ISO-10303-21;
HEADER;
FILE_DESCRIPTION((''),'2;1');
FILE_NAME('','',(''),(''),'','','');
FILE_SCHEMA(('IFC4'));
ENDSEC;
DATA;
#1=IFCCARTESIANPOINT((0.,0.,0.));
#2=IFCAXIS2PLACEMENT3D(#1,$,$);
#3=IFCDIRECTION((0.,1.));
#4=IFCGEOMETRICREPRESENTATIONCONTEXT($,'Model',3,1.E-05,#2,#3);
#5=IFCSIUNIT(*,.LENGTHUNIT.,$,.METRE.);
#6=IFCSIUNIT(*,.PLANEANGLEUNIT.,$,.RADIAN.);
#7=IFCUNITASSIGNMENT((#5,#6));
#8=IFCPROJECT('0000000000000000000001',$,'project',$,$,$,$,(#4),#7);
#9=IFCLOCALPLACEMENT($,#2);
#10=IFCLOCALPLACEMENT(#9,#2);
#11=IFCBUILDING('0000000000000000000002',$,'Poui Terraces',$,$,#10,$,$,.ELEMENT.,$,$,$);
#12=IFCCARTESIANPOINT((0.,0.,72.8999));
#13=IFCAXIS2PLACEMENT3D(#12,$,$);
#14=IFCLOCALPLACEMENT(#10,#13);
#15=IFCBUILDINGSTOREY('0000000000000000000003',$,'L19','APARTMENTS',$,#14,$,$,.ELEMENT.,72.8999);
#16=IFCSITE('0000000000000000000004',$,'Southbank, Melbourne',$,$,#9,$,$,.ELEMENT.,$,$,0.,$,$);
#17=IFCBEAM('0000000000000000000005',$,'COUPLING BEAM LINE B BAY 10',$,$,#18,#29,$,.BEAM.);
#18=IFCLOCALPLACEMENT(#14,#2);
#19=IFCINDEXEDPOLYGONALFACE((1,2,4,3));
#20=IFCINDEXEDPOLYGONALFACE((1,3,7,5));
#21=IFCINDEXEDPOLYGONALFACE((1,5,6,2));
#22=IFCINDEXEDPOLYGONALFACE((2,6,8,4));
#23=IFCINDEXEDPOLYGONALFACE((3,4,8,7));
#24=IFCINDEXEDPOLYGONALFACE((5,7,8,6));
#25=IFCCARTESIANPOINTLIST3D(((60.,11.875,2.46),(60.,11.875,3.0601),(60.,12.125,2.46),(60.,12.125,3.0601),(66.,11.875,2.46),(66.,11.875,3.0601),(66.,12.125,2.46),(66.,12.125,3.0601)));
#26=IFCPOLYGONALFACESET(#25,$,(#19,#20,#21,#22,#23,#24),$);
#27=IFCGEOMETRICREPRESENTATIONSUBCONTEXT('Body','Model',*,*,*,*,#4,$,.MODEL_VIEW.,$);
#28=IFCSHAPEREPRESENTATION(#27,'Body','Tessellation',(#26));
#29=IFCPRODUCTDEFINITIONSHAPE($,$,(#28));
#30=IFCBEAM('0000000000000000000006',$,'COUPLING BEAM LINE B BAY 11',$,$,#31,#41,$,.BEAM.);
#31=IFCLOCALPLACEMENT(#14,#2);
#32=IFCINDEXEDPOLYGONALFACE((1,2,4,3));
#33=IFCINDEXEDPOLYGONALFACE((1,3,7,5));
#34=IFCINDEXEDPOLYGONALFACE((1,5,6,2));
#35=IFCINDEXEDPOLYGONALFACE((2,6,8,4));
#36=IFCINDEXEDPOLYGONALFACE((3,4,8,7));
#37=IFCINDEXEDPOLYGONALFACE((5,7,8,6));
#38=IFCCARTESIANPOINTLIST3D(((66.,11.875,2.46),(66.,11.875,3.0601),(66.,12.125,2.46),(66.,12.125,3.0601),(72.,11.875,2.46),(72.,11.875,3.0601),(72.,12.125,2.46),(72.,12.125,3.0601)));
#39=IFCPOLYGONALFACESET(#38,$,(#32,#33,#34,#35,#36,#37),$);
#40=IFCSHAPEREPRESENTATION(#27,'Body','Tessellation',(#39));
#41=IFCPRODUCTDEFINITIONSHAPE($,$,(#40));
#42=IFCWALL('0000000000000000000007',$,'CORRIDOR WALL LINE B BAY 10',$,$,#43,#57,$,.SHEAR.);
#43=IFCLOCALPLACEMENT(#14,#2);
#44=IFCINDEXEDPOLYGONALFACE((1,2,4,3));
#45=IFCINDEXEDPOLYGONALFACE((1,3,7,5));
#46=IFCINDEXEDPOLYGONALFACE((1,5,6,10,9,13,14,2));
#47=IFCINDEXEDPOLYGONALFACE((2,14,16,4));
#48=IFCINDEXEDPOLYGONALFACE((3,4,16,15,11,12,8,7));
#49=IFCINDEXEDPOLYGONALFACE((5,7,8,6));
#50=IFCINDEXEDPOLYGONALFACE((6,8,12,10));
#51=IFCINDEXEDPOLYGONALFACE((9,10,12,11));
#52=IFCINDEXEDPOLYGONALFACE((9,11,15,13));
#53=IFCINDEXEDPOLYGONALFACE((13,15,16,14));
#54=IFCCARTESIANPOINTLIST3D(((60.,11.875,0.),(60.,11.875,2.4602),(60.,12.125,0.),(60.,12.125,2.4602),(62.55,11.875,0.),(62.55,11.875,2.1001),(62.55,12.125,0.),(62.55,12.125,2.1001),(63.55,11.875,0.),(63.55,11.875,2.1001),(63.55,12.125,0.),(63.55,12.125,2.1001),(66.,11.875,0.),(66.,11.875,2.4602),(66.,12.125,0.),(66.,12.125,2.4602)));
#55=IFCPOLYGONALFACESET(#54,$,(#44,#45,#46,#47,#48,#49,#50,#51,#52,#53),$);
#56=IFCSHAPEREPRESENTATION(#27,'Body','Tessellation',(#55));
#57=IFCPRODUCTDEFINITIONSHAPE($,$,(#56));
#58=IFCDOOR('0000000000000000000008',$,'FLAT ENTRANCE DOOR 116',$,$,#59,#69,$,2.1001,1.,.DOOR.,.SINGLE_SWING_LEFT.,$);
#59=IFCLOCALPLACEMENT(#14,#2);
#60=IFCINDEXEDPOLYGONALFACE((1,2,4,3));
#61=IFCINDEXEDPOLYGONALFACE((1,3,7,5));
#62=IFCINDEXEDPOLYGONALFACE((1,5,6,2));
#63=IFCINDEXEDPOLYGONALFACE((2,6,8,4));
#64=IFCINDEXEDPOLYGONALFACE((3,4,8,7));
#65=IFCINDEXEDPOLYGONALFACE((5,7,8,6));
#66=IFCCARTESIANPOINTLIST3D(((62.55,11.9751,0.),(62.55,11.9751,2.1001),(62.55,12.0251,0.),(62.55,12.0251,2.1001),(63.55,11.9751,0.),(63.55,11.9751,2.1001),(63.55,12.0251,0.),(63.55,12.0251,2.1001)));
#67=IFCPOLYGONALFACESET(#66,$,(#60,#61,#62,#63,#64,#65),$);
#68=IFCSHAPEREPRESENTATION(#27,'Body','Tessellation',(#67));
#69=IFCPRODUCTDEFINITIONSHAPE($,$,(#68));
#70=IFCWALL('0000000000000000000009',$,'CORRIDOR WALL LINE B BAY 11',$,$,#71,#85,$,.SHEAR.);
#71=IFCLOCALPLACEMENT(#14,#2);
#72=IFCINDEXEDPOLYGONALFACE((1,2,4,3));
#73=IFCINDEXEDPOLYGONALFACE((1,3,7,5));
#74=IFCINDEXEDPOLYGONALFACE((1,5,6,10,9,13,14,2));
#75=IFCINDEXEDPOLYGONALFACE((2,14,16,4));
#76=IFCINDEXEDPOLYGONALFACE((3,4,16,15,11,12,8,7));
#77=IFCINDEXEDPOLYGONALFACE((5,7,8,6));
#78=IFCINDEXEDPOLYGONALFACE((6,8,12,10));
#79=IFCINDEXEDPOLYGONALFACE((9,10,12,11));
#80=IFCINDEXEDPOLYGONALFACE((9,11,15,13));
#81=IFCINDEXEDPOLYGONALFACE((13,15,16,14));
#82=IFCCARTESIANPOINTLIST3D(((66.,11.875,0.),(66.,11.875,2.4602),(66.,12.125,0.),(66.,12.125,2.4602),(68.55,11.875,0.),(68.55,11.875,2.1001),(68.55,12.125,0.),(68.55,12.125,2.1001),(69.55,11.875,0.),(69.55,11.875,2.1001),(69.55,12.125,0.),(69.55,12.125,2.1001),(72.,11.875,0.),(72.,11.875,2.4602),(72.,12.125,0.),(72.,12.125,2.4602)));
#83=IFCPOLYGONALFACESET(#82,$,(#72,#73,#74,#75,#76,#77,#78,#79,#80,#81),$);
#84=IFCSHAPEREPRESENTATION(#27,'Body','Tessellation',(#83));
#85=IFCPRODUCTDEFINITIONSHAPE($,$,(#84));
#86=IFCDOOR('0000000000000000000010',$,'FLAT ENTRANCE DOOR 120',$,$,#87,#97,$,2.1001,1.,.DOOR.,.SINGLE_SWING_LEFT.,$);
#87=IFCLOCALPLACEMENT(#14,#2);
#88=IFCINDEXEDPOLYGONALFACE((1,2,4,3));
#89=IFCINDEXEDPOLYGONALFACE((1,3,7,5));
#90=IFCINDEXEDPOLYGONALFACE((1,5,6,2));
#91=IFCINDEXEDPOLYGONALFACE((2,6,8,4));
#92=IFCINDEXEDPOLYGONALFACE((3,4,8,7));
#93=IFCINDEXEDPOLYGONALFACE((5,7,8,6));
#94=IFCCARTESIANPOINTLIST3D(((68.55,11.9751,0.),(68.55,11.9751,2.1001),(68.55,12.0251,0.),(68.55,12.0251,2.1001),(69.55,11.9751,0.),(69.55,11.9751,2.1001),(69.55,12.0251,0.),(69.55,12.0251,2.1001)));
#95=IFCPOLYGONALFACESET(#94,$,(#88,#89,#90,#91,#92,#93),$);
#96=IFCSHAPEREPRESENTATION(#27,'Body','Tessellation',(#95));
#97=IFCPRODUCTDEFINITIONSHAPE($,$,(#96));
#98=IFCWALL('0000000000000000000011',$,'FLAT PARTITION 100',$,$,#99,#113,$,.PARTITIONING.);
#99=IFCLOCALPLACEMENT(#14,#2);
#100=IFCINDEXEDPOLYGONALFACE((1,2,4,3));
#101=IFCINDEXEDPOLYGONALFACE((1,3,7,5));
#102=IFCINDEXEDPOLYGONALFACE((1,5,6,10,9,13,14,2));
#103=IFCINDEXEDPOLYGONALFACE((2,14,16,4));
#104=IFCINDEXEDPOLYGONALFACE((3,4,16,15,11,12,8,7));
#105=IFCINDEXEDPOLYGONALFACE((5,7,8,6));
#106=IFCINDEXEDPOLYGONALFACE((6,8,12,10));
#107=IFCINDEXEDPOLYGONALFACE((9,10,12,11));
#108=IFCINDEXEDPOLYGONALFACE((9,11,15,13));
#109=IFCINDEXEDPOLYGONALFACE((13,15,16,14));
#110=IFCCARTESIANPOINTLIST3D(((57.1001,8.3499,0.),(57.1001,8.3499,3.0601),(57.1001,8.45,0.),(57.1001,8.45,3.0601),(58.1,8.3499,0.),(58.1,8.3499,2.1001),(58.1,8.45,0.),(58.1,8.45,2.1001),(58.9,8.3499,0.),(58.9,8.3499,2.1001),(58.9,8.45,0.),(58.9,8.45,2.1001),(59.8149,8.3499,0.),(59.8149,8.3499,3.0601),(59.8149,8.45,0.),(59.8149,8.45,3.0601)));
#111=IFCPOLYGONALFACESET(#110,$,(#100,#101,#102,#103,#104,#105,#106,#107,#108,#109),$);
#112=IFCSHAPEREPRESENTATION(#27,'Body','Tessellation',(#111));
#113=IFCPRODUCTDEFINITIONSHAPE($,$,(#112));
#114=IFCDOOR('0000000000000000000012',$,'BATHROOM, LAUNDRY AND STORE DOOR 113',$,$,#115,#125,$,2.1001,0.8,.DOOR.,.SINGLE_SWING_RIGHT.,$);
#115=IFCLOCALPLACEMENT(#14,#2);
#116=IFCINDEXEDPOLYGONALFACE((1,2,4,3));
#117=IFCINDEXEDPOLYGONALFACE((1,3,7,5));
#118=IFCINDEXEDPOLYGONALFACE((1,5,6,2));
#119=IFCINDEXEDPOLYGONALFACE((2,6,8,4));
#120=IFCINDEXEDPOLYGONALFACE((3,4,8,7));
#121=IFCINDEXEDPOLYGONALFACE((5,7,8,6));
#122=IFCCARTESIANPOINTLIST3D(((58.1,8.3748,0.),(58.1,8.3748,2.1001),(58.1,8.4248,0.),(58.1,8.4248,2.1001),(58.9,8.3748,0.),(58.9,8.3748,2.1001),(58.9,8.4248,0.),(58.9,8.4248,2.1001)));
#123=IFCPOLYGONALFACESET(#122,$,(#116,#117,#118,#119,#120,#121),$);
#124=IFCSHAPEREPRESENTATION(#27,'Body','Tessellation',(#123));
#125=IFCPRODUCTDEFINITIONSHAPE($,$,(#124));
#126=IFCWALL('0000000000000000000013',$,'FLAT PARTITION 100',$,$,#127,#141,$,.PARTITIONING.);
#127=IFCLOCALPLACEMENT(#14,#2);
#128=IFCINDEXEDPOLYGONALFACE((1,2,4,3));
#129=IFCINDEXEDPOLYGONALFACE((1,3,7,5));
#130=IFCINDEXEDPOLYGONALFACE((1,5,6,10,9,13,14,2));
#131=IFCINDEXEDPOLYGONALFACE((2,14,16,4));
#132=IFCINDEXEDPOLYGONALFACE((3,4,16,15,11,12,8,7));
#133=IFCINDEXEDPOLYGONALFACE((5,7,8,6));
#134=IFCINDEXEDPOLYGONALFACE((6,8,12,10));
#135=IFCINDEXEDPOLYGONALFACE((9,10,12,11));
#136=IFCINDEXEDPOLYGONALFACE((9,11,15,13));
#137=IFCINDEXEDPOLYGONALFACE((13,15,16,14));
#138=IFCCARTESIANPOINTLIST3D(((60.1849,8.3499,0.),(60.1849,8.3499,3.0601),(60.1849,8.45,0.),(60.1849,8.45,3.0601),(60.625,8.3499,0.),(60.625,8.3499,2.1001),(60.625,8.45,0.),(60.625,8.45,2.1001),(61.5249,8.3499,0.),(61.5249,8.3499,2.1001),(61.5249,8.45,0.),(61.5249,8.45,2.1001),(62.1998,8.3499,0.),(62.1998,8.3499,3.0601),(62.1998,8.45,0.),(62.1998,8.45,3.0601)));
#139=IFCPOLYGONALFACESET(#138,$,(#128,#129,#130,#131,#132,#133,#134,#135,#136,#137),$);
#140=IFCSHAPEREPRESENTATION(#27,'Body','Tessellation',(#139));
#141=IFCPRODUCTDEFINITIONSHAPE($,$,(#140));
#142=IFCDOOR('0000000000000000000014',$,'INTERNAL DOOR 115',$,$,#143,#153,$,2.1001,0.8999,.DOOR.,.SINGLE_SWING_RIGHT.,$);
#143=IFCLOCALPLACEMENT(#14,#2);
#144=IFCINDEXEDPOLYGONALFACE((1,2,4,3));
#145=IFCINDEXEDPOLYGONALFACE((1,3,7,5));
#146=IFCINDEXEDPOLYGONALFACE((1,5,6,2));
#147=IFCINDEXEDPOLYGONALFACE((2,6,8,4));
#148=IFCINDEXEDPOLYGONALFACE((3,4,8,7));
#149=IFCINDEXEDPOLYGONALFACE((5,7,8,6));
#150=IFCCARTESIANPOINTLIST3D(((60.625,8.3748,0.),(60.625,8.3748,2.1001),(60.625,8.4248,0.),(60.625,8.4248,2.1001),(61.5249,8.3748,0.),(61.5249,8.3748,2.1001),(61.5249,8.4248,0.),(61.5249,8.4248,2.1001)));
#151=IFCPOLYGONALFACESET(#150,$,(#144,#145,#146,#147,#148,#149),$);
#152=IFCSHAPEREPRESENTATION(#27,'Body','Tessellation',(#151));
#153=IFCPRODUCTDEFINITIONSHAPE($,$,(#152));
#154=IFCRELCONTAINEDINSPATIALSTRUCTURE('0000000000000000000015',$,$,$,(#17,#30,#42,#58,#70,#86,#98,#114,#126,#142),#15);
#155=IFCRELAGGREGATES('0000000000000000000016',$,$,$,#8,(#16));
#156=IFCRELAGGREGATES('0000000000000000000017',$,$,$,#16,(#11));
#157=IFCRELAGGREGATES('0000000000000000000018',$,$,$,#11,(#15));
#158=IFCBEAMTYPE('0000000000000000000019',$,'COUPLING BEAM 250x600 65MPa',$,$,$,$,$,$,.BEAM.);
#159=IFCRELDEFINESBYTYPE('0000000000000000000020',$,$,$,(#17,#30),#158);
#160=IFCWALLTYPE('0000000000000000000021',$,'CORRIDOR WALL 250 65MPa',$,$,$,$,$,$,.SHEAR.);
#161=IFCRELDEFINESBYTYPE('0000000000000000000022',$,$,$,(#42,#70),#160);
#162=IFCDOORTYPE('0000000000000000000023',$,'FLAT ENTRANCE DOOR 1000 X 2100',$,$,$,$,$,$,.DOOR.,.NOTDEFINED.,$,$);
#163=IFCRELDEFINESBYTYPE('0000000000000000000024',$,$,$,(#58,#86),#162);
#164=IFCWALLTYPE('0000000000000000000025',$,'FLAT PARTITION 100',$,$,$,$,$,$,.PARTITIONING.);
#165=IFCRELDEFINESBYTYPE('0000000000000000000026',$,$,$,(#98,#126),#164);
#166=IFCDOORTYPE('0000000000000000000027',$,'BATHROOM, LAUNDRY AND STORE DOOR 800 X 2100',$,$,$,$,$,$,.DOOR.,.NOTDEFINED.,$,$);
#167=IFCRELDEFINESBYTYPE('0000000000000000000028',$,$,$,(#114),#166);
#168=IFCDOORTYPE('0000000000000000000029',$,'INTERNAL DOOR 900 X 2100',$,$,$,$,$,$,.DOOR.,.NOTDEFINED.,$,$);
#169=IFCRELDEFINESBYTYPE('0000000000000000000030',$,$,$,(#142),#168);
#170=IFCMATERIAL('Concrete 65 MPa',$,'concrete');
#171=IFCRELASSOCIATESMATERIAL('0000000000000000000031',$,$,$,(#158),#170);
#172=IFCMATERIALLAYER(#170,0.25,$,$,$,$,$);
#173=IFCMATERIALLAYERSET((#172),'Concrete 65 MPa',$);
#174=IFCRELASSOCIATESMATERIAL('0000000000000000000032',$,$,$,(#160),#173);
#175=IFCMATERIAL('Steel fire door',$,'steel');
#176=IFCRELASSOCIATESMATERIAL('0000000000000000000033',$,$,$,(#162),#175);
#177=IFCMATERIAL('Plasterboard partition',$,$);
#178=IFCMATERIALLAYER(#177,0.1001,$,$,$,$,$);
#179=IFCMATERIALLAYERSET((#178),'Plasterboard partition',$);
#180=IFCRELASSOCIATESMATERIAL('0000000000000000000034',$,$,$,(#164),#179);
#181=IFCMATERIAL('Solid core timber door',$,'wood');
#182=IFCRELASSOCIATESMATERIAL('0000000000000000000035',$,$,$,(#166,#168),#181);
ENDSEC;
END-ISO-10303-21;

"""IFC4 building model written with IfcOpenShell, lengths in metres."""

from ifc_helpers import new_model, si_unit, direction, frame, frame_2d, origin, origin_2d, place, context, subcontext, project, spatial, rectangle, extrude, source, transform, mapped, material, layer, layer_set, material_profile, profile_set, type_object, element, fill, save


model = new_model("IFC4")

# Units and contexts
model_context = context("Model", 3, precision=1e-05, world=origin(), true_north=direction((0.0, 1.0)))
body_context = subcontext(model_context, "Body", "Model", "MODEL_VIEW")
ifc_project = project(units=[si_unit("LENGTHUNIT", "METRE"), si_unit("PLANEANGLEUNIT", "RADIAN")], contexts=[model_context])

# Site, building, storey
site_placement = place(None, origin())
site = spatial("IfcSite", under=ifc_project, at=site_placement, Name="Southbank, Melbourne", CompositionType="ELEMENT", RefElevation=0.0)
building_placement = place(site_placement, origin())
building = spatial("IfcBuilding", under=site, at=building_placement, Name="Poui Terraces", CompositionType="ELEMENT")
storey_placement = place(building_placement, frame((0.0, 0.0, 72.8999)))
storey = spatial("IfcBuildingStorey", under=building, at=storey_placement, Name="L19", Description="APARTMENTS", CompositionType="ELEMENT", Elevation=72.8999)

# Beams
ifc_material_1 = material(Name="Concrete 65 MPa", Category="concrete")
ifc_material_profile = material_profile(ifc_material_1, rectangle(XDim=0.25, YDim=0.6001, at=origin_2d()), Name="RC 250x600")
ifc_profile_set = profile_set([ifc_material_profile], Name="Concrete 65 MPa")
beam_type = type_object("IfcBeamType", Name="COUPLING BEAM 250x600 65MPa", PredefinedType="BEAM", material=ifc_profile_set)
shared_shape = source(origin(), body_context, "Body", "SweptSolid", [
    extrude(rectangle(XDim=0.25, YDim=0.6001, at=origin_2d()), origin(), (0.0, 0.0, 1.0), 6.0),
])
for number, where, z_axis, x_axis, name in (
    (1, (60.0, 12.0, 2.76), (1.0, 0.0, 0.0), (0.0, 1.0, 0.0), "COUPLING BEAM LINE B BAY 10"),
    (2, (66.0, 12.0, 2.76), (1.0, 0.0, 0.0), (0.0, 1.0, 0.0), "COUPLING BEAM LINE B BAY 11"),
):
    element("IfcBeam", number, at=place(storey_placement, frame(where, z_axis=z_axis, x_axis=x_axis)), inside=storey, type_object=beam_type, Name=name, PredefinedType="BEAM", context=body_context, shape_type="MappedRepresentation", body=[
        mapped(shared_shape, transform((0.0, 0.0, 0.0))),
    ])

# Walls, openings, doors
ifc_layer_1 = layer(ifc_material_1, 0.25)
ifc_layer_set_1 = layer_set([ifc_layer_1], Name="Concrete 65 MPa")
wall_type_1 = type_object("IfcWallType", Name="CORRIDOR WALL 250 65MPa", PredefinedType="SHEAR", material=ifc_layer_set_1)
wall_1_placement = place(storey_placement, frame((60.0, 12.0, 0.0), z_axis=(0.0, 0.0, 1.0), x_axis=(1.0, 0.0, 0.0)))
wall_1 = element("IfcWall", 3, at=wall_1_placement, inside=storey, type_object=wall_type_1, Name="CORRIDOR WALL LINE B BAY 10", PredefinedType="SHEAR", context=body_context, shape_type="SweptSolid", body=[
    extrude(rectangle(XDim=6.0, YDim=0.25, at=frame_2d((3.0, 0.0))), origin(), (0.0, 0.0, 1.0), 2.4602),
])
opening_1_placement = place(wall_1_placement, frame((2.55, 0.0, 0.0)))
opening_1 = element("IfcOpeningElement", 4, at=opening_1_placement, cuts=wall_1, PredefinedType="OPENING", context=body_context, shape_type="SweptSolid", body=[
    extrude(rectangle(XDim=1.0, YDim=2.1001, at=frame_2d((0.5, 1.05))), frame((0.0, 0.135, 0.0), z_axis=(0.0, -1.0, 0.0), x_axis=(1.0, 0.0, 0.0)), (0.0, 0.0, 1.0), 0.27),
])
ifc_material_2 = material(Name="Steel fire door", Category="steel")
door_type_1 = type_object("IfcDoorType", Name="FLAT ENTRANCE DOOR 1000 X 2100", OperationType="NOTDEFINED", PredefinedType="DOOR", material=ifc_material_2)
door_1_placement = place(opening_1_placement, frame((1.0, 0.0, 0.0), z_axis=(0.0, 0.0, 1.0), x_axis=(-1.0, 0.0, 0.0)))
door_1 = element("IfcDoor", 5, at=door_1_placement, inside=storey, type_object=door_type_1, Name="FLAT ENTRANCE DOOR 116", OperationType="SINGLE_SWING_LEFT", OverallHeight=2.1001, OverallWidth=1.0, PredefinedType="DOOR", context=body_context, shape_type="SweptSolid", body=[
    extrude(rectangle(XDim=1.0, YDim=2.1001, at=frame_2d((0.5, 1.05))), frame((0.0, 0.0249, 0.0), z_axis=(0.0, -1.0, 0.0), x_axis=(1.0, 0.0, 0.0)), (0.0, 0.0, 1.0), 0.05),
])
fill(opening_1, door_1)
wall_2_placement = place(storey_placement, frame((66.0, 12.0, 0.0), z_axis=(0.0, 0.0, 1.0), x_axis=(1.0, 0.0, 0.0)))
wall_2 = element("IfcWall", 6, at=wall_2_placement, inside=storey, type_object=wall_type_1, Name="CORRIDOR WALL LINE B BAY 11", PredefinedType="SHEAR", context=body_context, shape_type="SweptSolid", body=[
    extrude(rectangle(XDim=6.0, YDim=0.25, at=frame_2d((3.0, 0.0))), origin(), (0.0, 0.0, 1.0), 2.4602),
])
opening_2_placement = place(wall_2_placement, frame((2.55, 0.0, 0.0)))
opening_2 = element("IfcOpeningElement", 7, at=opening_2_placement, cuts=wall_2, PredefinedType="OPENING", context=body_context, shape_type="SweptSolid", body=[
    extrude(rectangle(XDim=1.0, YDim=2.1001, at=frame_2d((0.5, 1.05))), frame((0.0, 0.135, 0.0), z_axis=(0.0, -1.0, 0.0), x_axis=(1.0, 0.0, 0.0)), (0.0, 0.0, 1.0), 0.27),
])
door_2_placement = place(opening_2_placement, frame((1.0, 0.0, 0.0), z_axis=(0.0, 0.0, 1.0), x_axis=(-1.0, 0.0, 0.0)))
door_2 = element("IfcDoor", 8, at=door_2_placement, inside=storey, type_object=door_type_1, Name="FLAT ENTRANCE DOOR 120", OperationType="SINGLE_SWING_LEFT", OverallHeight=2.1001, OverallWidth=1.0, PredefinedType="DOOR", context=body_context, shape_type="SweptSolid", body=[
    extrude(rectangle(XDim=1.0, YDim=2.1001, at=frame_2d((0.5, 1.05))), frame((0.0, 0.0249, 0.0), z_axis=(0.0, -1.0, 0.0), x_axis=(1.0, 0.0, 0.0)), (0.0, 0.0, 1.0), 0.05),
])
fill(opening_2, door_2)
ifc_material_3 = material(Name="Plasterboard partition")
ifc_layer_2 = layer(ifc_material_3, 0.1001)
ifc_layer_set_2 = layer_set([ifc_layer_2], Name="Plasterboard partition")
wall_type_2 = type_object("IfcWallType", Name="FLAT PARTITION 100", PredefinedType="PARTITIONING", material=ifc_layer_set_2)
wall_3_placement = place(storey_placement, frame((57.1001, 8.3999, 0.0), z_axis=(0.0, 0.0, 1.0), x_axis=(1.0, 0.0, 0.0)))
wall_3 = element("IfcWall", 9, at=wall_3_placement, inside=storey, type_object=wall_type_2, Name="FLAT PARTITION 100", PredefinedType="PARTITIONING", context=body_context, shape_type="SweptSolid", body=[
    extrude(rectangle(XDim=2.7148, YDim=0.1001, at=frame_2d((1.3574, 0.0))), origin(), (0.0, 0.0, 1.0), 3.0601),
])
opening_3_placement = place(wall_3_placement, frame((1.0, 0.0, 0.0)))
opening_3 = element("IfcOpeningElement", 10, at=opening_3_placement, cuts=wall_3, PredefinedType="OPENING", context=body_context, shape_type="SweptSolid", body=[
    extrude(rectangle(XDim=0.8, YDim=2.1001, at=frame_2d((0.3999, 1.05))), frame((0.0, 0.0601, 0.0), z_axis=(0.0, -1.0, 0.0), x_axis=(1.0, 0.0, 0.0)), (0.0, 0.0, 1.0), 0.1201),
])
ifc_material_4 = material(Name="Solid core timber door", Category="wood")
door_type_2 = type_object("IfcDoorType", Name="BATHROOM, LAUNDRY AND STORE DOOR 800 X 2100", OperationType="NOTDEFINED", PredefinedType="DOOR", material=ifc_material_4)
door_3_placement = place(opening_3_placement, origin())
door_3 = element("IfcDoor", 11, at=door_3_placement, inside=storey, type_object=door_type_2, Name="BATHROOM, LAUNDRY AND STORE DOOR 113", OperationType="SINGLE_SWING_RIGHT", OverallHeight=2.1001, OverallWidth=0.8, PredefinedType="DOOR", context=body_context, shape_type="SweptSolid", body=[
    extrude(rectangle(XDim=0.8, YDim=2.1001, at=frame_2d((0.3999, 1.05))), frame((0.0, 0.0249, 0.0), z_axis=(0.0, -1.0, 0.0), x_axis=(1.0, 0.0, 0.0)), (0.0, 0.0, 1.0), 0.05),
])
fill(opening_3, door_3)
wall_4_placement = place(storey_placement, frame((60.1851, 8.3999, 0.0), z_axis=(0.0, 0.0, 1.0), x_axis=(1.0, 0.0, 0.0)))
wall_4 = element("IfcWall", 12, at=wall_4_placement, inside=storey, type_object=wall_type_2, Name="FLAT PARTITION 100", PredefinedType="PARTITIONING", context=body_context, shape_type="SweptSolid", body=[
    extrude(rectangle(XDim=2.0149, YDim=0.1001, at=frame_2d((1.0073, 0.0))), origin(), (0.0, 0.0, 1.0), 3.0601),
])
opening_4_placement = place(wall_4_placement, frame((0.4399, 0.0, 0.0)))
opening_4 = element("IfcOpeningElement", 13, at=opening_4_placement, cuts=wall_4, PredefinedType="OPENING", context=body_context, shape_type="SweptSolid", body=[
    extrude(rectangle(XDim=0.8999, YDim=2.1001, at=frame_2d((0.45, 1.05))), frame((0.0, 0.0601, 0.0), z_axis=(0.0, -1.0, 0.0), x_axis=(1.0, 0.0, 0.0)), (0.0, 0.0, 1.0), 0.1201),
])
door_type_3 = type_object("IfcDoorType", Name="INTERNAL DOOR 900 X 2100", OperationType="NOTDEFINED", PredefinedType="DOOR", material=ifc_material_4)
door_4_placement = place(opening_4_placement, origin())
door_4 = element("IfcDoor", 14, at=door_4_placement, inside=storey, type_object=door_type_3, Name="INTERNAL DOOR 115", OperationType="SINGLE_SWING_RIGHT", OverallHeight=2.1001, OverallWidth=0.8999, PredefinedType="DOOR", context=body_context, shape_type="SweptSolid", body=[
    extrude(rectangle(XDim=0.8999, YDim=2.1001, at=frame_2d((0.45, 1.05))), frame((0.0, 0.0249, 0.0), z_axis=(0.0, -1.0, 0.0), x_axis=(1.0, 0.0, 0.0)), (0.0, 0.0, 1.0), 0.05),
])
fill(opening_4, door_4)

save(model, "model.ifc")
